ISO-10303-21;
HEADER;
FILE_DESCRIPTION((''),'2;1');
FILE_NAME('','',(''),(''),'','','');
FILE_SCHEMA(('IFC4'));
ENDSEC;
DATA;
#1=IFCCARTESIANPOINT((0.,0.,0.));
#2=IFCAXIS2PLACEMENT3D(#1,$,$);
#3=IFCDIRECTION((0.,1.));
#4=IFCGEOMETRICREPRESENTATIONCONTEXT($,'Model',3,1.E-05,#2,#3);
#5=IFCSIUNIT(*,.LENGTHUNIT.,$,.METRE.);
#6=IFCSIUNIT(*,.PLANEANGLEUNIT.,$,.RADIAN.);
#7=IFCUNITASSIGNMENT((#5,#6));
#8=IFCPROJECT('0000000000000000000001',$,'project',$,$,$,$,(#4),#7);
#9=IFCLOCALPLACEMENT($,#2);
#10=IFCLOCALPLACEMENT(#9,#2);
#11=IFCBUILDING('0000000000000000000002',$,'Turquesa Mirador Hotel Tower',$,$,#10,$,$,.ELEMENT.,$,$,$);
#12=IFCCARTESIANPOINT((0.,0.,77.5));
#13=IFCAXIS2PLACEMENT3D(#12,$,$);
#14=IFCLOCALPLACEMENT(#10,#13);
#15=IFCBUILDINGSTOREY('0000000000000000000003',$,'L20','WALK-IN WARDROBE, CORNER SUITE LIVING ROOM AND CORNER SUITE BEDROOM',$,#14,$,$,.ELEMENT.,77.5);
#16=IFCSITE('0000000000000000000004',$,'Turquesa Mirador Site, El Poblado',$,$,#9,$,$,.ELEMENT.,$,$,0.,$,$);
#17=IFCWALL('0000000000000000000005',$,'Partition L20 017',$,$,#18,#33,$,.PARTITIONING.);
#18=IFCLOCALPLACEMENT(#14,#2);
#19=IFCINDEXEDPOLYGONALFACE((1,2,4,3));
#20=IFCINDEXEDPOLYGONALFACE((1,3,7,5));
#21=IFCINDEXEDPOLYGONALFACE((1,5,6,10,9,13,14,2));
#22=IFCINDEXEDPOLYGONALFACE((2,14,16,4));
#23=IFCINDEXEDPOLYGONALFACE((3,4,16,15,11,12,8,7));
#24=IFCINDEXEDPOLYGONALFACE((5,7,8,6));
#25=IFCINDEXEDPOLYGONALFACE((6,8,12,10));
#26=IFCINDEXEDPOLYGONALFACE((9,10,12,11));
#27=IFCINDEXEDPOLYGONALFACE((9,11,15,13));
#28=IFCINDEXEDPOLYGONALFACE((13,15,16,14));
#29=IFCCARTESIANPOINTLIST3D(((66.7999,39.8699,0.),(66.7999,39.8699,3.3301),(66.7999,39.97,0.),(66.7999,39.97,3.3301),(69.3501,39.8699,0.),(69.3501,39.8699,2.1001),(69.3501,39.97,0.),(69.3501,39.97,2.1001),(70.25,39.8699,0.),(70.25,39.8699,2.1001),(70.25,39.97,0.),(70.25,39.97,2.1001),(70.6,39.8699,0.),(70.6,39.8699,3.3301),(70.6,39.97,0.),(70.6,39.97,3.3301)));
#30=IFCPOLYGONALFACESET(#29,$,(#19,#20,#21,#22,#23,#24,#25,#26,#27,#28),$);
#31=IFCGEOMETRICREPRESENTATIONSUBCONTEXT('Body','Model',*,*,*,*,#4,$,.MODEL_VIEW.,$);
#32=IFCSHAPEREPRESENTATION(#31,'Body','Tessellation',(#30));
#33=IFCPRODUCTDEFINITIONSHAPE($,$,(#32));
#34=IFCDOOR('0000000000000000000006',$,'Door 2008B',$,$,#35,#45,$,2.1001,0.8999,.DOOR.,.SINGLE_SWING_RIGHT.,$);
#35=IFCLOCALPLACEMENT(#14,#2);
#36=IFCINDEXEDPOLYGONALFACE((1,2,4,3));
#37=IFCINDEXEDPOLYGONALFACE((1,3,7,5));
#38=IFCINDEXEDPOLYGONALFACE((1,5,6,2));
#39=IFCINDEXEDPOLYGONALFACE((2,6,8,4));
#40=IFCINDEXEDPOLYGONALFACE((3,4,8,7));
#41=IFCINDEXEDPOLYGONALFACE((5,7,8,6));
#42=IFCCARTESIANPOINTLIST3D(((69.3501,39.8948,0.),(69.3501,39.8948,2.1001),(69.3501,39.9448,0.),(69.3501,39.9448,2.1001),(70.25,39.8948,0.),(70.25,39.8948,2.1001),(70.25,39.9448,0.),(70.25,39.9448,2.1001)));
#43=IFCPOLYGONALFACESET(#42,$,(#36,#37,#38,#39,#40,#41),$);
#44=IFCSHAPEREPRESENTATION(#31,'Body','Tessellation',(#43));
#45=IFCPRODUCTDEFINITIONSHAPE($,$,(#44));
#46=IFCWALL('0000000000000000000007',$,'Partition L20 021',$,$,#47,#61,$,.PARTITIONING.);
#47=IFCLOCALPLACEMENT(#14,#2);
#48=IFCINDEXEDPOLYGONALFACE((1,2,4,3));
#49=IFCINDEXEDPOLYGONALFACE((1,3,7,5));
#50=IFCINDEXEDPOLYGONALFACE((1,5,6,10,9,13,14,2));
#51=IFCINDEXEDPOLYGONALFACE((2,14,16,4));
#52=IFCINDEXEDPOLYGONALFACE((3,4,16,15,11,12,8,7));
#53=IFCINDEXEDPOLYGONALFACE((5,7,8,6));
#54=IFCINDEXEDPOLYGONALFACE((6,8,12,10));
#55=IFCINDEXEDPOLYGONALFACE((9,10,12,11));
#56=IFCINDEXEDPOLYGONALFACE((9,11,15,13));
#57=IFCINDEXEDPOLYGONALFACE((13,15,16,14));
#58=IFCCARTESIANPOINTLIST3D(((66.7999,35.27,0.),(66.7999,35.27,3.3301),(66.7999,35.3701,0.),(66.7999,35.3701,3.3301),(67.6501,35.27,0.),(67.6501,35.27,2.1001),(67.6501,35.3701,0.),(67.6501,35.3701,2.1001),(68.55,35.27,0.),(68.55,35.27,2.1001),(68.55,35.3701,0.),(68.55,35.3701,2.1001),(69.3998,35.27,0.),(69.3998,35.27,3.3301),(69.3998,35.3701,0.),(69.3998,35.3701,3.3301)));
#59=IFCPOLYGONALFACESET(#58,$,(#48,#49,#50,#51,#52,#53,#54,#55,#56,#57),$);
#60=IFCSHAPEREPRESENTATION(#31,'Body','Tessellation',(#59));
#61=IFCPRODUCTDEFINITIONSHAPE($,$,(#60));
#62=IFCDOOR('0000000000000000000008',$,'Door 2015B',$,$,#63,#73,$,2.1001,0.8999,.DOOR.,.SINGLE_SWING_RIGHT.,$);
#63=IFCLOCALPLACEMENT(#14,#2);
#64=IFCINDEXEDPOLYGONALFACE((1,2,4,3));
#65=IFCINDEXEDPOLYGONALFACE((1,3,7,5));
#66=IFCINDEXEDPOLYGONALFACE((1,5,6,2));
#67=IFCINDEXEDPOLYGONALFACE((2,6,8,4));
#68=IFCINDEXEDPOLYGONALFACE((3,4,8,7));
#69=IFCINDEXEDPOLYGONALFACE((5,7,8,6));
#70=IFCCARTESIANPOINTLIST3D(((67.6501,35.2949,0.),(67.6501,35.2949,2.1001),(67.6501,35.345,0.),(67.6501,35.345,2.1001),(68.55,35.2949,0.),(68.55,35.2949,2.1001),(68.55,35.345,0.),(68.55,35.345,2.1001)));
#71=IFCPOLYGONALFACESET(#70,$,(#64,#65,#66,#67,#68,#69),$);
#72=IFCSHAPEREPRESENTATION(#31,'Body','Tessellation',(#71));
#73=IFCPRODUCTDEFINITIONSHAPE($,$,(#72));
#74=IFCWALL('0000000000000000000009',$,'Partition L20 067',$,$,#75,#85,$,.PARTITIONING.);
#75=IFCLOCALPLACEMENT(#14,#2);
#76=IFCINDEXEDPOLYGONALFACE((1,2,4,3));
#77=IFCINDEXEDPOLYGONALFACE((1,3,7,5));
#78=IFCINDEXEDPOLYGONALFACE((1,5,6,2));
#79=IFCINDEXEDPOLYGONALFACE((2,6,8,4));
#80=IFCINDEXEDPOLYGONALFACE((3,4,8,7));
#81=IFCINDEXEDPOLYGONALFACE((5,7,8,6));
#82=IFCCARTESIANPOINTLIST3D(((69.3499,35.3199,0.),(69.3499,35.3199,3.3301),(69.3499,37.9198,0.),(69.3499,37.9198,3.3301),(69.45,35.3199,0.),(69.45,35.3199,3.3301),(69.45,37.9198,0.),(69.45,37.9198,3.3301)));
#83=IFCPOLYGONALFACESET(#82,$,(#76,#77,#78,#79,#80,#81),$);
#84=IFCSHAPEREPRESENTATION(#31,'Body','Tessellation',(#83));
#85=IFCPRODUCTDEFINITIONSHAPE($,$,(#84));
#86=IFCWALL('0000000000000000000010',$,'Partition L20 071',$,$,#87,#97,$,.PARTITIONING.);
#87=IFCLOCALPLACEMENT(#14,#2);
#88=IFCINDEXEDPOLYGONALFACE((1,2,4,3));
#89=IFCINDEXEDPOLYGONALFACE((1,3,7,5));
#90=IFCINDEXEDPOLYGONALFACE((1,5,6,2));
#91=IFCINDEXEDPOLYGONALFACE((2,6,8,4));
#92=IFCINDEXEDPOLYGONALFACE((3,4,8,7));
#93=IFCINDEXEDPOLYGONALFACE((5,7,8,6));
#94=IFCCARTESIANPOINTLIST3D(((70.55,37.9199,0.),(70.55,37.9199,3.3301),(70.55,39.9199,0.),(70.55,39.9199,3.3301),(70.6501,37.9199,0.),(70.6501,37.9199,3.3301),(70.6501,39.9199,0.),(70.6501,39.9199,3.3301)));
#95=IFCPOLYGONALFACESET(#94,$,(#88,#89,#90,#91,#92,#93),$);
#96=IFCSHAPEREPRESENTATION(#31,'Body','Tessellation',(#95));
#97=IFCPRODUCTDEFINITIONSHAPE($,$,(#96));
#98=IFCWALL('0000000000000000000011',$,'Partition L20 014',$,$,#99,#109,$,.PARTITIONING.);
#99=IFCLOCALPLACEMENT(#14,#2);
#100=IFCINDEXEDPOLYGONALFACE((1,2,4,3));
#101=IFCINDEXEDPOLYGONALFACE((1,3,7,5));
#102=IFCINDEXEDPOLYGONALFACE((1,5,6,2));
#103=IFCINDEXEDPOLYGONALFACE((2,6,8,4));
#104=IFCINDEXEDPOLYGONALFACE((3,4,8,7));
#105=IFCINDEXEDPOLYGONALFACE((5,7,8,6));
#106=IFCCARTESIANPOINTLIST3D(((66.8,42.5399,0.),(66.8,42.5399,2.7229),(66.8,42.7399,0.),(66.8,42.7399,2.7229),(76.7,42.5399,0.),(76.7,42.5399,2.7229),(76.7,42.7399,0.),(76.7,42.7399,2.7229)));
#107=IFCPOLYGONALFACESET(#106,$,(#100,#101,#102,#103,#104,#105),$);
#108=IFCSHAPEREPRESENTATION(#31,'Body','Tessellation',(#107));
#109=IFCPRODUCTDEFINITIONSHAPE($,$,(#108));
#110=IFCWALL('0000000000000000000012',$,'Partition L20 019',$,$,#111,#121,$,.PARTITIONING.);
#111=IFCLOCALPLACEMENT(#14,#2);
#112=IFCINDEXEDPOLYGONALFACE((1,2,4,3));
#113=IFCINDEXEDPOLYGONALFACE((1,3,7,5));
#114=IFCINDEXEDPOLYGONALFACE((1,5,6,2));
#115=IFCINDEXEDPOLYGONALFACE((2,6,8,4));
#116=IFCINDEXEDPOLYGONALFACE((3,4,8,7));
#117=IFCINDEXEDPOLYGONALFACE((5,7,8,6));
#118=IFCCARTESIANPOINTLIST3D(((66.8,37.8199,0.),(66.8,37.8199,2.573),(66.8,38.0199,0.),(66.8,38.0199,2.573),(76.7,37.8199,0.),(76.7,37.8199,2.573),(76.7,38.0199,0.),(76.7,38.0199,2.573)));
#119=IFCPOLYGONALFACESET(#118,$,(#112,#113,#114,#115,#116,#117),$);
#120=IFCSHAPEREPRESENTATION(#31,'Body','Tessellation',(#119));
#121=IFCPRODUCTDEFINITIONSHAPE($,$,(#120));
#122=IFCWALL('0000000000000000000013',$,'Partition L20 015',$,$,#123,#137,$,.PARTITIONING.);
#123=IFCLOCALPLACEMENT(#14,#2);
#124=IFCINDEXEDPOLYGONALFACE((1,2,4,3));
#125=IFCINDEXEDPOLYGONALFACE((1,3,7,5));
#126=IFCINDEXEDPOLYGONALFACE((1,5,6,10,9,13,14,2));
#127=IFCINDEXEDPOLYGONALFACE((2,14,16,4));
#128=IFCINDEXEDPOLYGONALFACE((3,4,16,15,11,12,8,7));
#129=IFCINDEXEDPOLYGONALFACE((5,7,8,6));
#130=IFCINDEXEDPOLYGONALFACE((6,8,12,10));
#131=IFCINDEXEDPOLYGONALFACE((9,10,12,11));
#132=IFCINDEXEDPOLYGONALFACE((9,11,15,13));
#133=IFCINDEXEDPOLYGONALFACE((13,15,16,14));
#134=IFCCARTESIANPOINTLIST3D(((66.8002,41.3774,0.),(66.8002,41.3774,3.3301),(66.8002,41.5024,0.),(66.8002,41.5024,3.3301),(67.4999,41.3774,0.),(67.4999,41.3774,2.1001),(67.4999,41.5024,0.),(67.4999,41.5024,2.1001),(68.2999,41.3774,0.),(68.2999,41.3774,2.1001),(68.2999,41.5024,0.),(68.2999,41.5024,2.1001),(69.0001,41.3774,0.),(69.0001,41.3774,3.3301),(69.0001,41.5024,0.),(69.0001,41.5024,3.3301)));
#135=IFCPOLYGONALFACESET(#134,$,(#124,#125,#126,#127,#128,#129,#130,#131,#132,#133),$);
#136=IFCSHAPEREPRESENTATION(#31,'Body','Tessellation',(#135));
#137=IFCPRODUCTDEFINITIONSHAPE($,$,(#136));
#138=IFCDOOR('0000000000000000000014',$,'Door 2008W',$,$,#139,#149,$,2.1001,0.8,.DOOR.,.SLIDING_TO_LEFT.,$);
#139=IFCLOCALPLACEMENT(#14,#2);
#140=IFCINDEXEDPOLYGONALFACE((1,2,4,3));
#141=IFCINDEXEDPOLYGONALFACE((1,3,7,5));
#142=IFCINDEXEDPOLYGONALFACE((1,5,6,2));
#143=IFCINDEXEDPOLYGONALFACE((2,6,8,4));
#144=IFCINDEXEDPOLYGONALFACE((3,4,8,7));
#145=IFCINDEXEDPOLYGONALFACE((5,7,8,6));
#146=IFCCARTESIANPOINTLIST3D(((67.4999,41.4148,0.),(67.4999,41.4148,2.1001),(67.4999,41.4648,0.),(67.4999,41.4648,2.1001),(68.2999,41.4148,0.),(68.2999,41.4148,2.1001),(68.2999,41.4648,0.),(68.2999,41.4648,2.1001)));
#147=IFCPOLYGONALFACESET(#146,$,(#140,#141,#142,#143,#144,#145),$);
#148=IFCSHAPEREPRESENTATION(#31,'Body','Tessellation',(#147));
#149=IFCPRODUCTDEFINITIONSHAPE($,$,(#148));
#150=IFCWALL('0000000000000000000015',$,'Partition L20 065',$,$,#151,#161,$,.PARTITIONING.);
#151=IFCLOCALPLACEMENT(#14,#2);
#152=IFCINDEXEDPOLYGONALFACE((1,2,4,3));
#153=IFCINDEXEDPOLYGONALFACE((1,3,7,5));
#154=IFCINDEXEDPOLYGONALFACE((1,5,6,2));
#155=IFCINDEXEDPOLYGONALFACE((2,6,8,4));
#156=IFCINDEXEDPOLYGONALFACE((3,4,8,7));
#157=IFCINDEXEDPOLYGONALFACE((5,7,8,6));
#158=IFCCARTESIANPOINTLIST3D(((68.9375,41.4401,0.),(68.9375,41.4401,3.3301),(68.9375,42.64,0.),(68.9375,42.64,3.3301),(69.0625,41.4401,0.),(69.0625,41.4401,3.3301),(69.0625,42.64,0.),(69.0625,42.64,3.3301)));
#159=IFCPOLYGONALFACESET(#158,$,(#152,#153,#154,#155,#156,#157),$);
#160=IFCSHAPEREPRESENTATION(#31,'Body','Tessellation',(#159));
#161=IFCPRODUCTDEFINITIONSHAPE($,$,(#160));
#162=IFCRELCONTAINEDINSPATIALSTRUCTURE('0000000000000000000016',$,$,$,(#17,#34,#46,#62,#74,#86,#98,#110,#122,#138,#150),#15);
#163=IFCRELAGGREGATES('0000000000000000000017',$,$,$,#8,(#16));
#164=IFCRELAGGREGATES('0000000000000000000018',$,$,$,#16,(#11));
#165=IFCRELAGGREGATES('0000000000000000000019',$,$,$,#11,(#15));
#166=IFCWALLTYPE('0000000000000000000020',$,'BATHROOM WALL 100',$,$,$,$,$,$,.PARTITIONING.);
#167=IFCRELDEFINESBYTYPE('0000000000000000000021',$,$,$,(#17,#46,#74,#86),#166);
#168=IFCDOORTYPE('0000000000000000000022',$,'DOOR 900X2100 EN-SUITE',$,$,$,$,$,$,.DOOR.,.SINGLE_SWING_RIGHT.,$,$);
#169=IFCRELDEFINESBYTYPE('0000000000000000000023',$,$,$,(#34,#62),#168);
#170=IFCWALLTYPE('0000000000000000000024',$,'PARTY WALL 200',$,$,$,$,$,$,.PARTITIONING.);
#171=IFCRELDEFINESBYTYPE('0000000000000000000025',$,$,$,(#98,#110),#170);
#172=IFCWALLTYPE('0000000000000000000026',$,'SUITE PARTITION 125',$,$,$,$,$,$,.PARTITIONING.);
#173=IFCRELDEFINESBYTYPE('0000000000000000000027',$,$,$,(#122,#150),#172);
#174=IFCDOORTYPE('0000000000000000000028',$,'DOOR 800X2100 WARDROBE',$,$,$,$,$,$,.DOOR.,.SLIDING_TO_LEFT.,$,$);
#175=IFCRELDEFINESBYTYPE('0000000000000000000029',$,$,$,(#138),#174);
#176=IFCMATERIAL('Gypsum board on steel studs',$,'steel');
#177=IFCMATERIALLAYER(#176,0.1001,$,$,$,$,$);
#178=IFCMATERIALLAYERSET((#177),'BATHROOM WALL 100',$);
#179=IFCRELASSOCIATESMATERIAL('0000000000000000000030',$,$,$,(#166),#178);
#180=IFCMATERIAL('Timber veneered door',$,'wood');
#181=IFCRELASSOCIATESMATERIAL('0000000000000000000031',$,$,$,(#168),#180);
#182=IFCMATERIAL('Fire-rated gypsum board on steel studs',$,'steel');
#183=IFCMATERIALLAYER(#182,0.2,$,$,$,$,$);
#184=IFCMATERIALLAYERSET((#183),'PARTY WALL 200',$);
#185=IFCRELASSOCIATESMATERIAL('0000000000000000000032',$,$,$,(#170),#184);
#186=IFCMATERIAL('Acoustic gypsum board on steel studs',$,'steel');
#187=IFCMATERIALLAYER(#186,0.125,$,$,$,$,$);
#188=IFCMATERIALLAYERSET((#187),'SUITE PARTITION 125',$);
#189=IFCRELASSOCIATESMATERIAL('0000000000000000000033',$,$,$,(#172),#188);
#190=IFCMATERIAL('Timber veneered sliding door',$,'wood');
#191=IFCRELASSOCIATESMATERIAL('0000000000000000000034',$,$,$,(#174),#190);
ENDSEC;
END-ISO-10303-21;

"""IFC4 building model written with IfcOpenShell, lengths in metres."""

from ifc_helpers import new_model, si_unit, direction, frame, frame_2d, origin, place, context, subcontext, project, spatial, rectangle, extrude, material, layer, layer_set, type_object, element, fill, save


model = new_model("IFC4")

# Units and contexts
model_context = context("Model", 3, precision=1e-05, world=origin(), true_north=direction((0.0, 1.0)))
body_context = subcontext(model_context, "Body", "Model", "MODEL_VIEW")
ifc_project = project(units=[si_unit("LENGTHUNIT", "METRE"), si_unit("PLANEANGLEUNIT", "RADIAN")], contexts=[model_context])

# Site, building, storey
site_placement = place(None, origin())
site = spatial("IfcSite", under=ifc_project, at=site_placement, Name="Turquesa Mirador Site, El Poblado", CompositionType="ELEMENT", RefElevation=0.0)
building_placement = place(site_placement, origin())
building = spatial("IfcBuilding", under=site, at=building_placement, Name="Turquesa Mirador Hotel Tower", CompositionType="ELEMENT")
storey_placement = place(building_placement, frame((0.0, 0.0, 77.5)))
storey = spatial("IfcBuildingStorey", under=building, at=storey_placement, Name="L20", Description="WALK-IN WARDROBE, CORNER SUITE LIVING ROOM AND CORNER SUITE BEDROOM", CompositionType="ELEMENT", Elevation=77.5)

# Walls, openings, doors
ifc_material_1 = material(Name="Gypsum board on steel studs", Category="steel")
ifc_layer_1 = layer(ifc_material_1, 0.1001)
ifc_layer_set_1 = layer_set([ifc_layer_1], Name="BATHROOM WALL 100")
wall_type_1 = type_object("IfcWallType", Name="BATHROOM WALL 100", PredefinedType="PARTITIONING", material=ifc_layer_set_1)
wall_1_placement = place(storey_placement, frame((66.8, 39.9199, 0.0), z_axis=(0.0, 0.0, 1.0), x_axis=(1.0, 0.0, 0.0)))
wall_1 = element("IfcWall", 1, at=wall_1_placement, inside=storey, type_object=wall_type_1, Name="Partition L20 017", PredefinedType="PARTITIONING", context=body_context, shape_type="SweptSolid", body=[
    extrude(rectangle(XDim=3.8, YDim=0.1001, at=frame_2d((1.8999, 0.0))), origin(), (0.0, 0.0, 1.0), 3.3301),
])
opening_1_placement = place(wall_1_placement, frame((2.55, 0.0, 0.0)))
opening_1 = element("IfcOpeningElement", 2, at=opening_1_placement, cuts=wall_1, PredefinedType="OPENING", context=body_context, shape_type="SweptSolid", body=[
    extrude(rectangle(XDim=0.8999, YDim=2.1001, at=frame_2d((0.45, 1.05))), frame((0.0, 0.0601, 0.0), z_axis=(0.0, -1.0, 0.0), x_axis=(1.0, 0.0, 0.0)), (0.0, 0.0, 1.0), 0.1201),
])
ifc_material_2 = material(Name="Timber veneered door", Category="wood")
door_type_1 = type_object("IfcDoorType", Name="DOOR 900X2100 EN-SUITE", OperationType="SINGLE_SWING_RIGHT", PredefinedType="DOOR", material=ifc_material_2)
door_1_placement = place(opening_1_placement, origin())
door_1 = element("IfcDoor", 3, at=door_1_placement, inside=storey, type_object=door_type_1, Name="Door 2008B", OperationType="SINGLE_SWING_RIGHT", OverallHeight=2.1001, OverallWidth=0.8999, PredefinedType="DOOR", context=body_context, shape_type="SweptSolid", body=[
    extrude(rectangle(XDim=0.8999, YDim=2.1001, at=frame_2d((0.45, 1.05))), frame((0.0, 0.0249, 0.0), z_axis=(0.0, -1.0, 0.0), x_axis=(1.0, 0.0, 0.0)), (0.0, 0.0, 1.0), 0.05),
])
fill(opening_1, door_1)
wall_2_placement = place(storey_placement, frame((66.8, 35.3201, 0.0), z_axis=(0.0, 0.0, 1.0), x_axis=(1.0, 0.0, 0.0)))
wall_2 = element("IfcWall", 4, at=wall_2_placement, inside=storey, type_object=wall_type_1, Name="Partition L20 021", PredefinedType="PARTITIONING", context=body_context, shape_type="SweptSolid", body=[
    extrude(rectangle(XDim=2.5999, YDim=0.1001, at=frame_2d((1.2998, 0.0))), origin(), (0.0, 0.0, 1.0), 3.3301),
])
opening_2_placement = place(wall_2_placement, frame((0.8501, 0.0, 0.0)))
opening_2 = element("IfcOpeningElement", 5, at=opening_2_placement, cuts=wall_2, PredefinedType="OPENING", context=body_context, shape_type="SweptSolid", body=[
    extrude(rectangle(XDim=0.8999, YDim=2.1001, at=frame_2d((0.45, 1.05))), frame((0.0, 0.0601, 0.0), z_axis=(0.0, -1.0, 0.0), x_axis=(1.0, 0.0, 0.0)), (0.0, 0.0, 1.0), 0.1201),
])
door_2_placement = place(opening_2_placement, origin())
door_2 = element("IfcDoor", 6, at=door_2_placement, inside=storey, type_object=door_type_1, Name="Door 2015B", OperationType="SINGLE_SWING_RIGHT", OverallHeight=2.1001, OverallWidth=0.8999, PredefinedType="DOOR", context=body_context, shape_type="SweptSolid", body=[
    extrude(rectangle(XDim=0.8999, YDim=2.1001, at=frame_2d((0.45, 1.05))), frame((0.0, 0.0249, 0.0), z_axis=(0.0, -1.0, 0.0), x_axis=(1.0, 0.0, 0.0)), (0.0, 0.0, 1.0), 0.05),
])
fill(opening_2, door_2)

# Walls
wall_3_placement = place(storey_placement, frame((69.3999, 35.3201, 0.0), z_axis=(0.0, 0.0, 1.0), x_axis=(0.0, 1.0, 0.0)))
element("IfcWall", 7, at=wall_3_placement, inside=storey, type_object=wall_type_1, Name="Partition L20 067", PredefinedType="PARTITIONING", context=body_context, shape_type="SweptSolid", body=[
    extrude(rectangle(XDim=2.5999, YDim=0.1001, at=frame_2d((1.2998, 0.0))), origin(), (0.0, 0.0, 1.0), 3.3301),
])
wall_4_placement = place(storey_placement, frame((70.6001, 37.9199, 0.0), z_axis=(0.0, 0.0, 1.0), x_axis=(0.0, 1.0, 0.0)))
element("IfcWall", 8, at=wall_4_placement, inside=storey, type_object=wall_type_1, Name="Partition L20 071", PredefinedType="PARTITIONING", context=body_context, shape_type="SweptSolid", body=[
    extrude(rectangle(XDim=2.0, YDim=0.1001, at=frame_2d((1.0, 0.0))), origin(), (0.0, 0.0, 1.0), 3.3301),
])
ifc_material_3 = material(Name="Fire-rated gypsum board on steel studs", Category="steel")
ifc_layer_2 = layer(ifc_material_3, 0.2)
ifc_layer_set_2 = layer_set([ifc_layer_2], Name="PARTY WALL 200")
wall_type_2 = type_object("IfcWallType", Name="PARTY WALL 200", PredefinedType="PARTITIONING", material=ifc_layer_set_2)
wall_5_placement = place(storey_placement, frame((66.8, 42.6399, 0.0), z_axis=(0.0, 0.0, 1.0), x_axis=(1.0, 0.0, 0.0)))
element("IfcWall", 9, at=wall_5_placement, inside=storey, type_object=wall_type_2, Name="Partition L20 014", PredefinedType="PARTITIONING", context=body_context, shape_type="SweptSolid", body=[
    extrude(rectangle(XDim=9.8999, YDim=0.2, at=frame_2d((4.95, 0.0))), origin(), (0.0, 0.0, 1.0), 2.7229),
])
wall_6_placement = place(storey_placement, frame((66.8, 37.9199, 0.0), z_axis=(0.0, 0.0, 1.0), x_axis=(1.0, 0.0, 0.0)))
element("IfcWall", 10, at=wall_6_placement, inside=storey, type_object=wall_type_2, Name="Partition L20 019", PredefinedType="PARTITIONING", context=body_context, shape_type="SweptSolid", body=[
    extrude(rectangle(XDim=9.8999, YDim=0.2, at=frame_2d((4.95, 0.0))), origin(), (0.0, 0.0, 1.0), 2.573),
])

# Wall, opening, door
ifc_material_4 = material(Name="Acoustic gypsum board on steel studs", Category="steel")
ifc_layer_3 = layer(ifc_material_4, 0.125)
ifc_layer_set_3 = layer_set([ifc_layer_3], Name="SUITE PARTITION 125")
wall_type_3 = type_object("IfcWallType", Name="SUITE PARTITION 125", PredefinedType="PARTITIONING", material=ifc_layer_set_3)
wall_7_placement = place(storey_placement, frame((66.8, 41.4399, 0.0), z_axis=(0.0, 0.0, 1.0), x_axis=(1.0, 0.0, 0.0)))
wall_7 = element("IfcWall", 11, at=wall_7_placement, inside=storey, type_object=wall_type_3, Name="Partition L20 015", PredefinedType="PARTITIONING", context=body_context, shape_type="SweptSolid", body=[
    extrude(rectangle(XDim=2.2, YDim=0.125, at=frame_2d((1.1001, 0.0))), origin(), (0.0, 0.0, 1.0), 3.3301),
])
opening_3_placement = place(wall_7_placement, frame((0.7, 0.0, 0.0)))
opening_3 = element("IfcOpeningElement", 12, at=opening_3_placement, cuts=wall_7, PredefinedType="OPENING", context=body_context, shape_type="SweptSolid", body=[
    extrude(rectangle(XDim=0.8, YDim=2.1001, at=frame_2d((0.3999, 1.05))), frame((0.0, 0.0725, 0.0), z_axis=(0.0, -1.0, 0.0), x_axis=(1.0, 0.0, 0.0)), (0.0, 0.0, 1.0), 0.145),
])
ifc_material_5 = material(Name="Timber veneered sliding door", Category="wood")
door_type_2 = type_object("IfcDoorType", Name="DOOR 800X2100 WARDROBE", OperationType="SLIDING_TO_LEFT", PredefinedType="DOOR", material=ifc_material_5)
door_3_placement = place(opening_3_placement, origin())
door_3 = element("IfcDoor", 13, at=door_3_placement, inside=storey, type_object=door_type_2, Name="Door 2008W", OperationType="SLIDING_TO_LEFT", OverallHeight=2.1001, OverallWidth=0.8, PredefinedType="DOOR", context=body_context, shape_type="SweptSolid", body=[
    extrude(rectangle(XDim=0.8, YDim=2.1001, at=frame_2d((0.3999, 1.05))), frame((0.0, 0.0249, 0.0), z_axis=(0.0, -1.0, 0.0), x_axis=(1.0, 0.0, 0.0)), (0.0, 0.0, 1.0), 0.05),
])
fill(opening_3, door_3)

# Wall
wall_8_placement = place(storey_placement, frame((69.0, 41.4399, 0.0), z_axis=(0.0, 0.0, 1.0), x_axis=(0.0, 1.0, 0.0)))
element("IfcWall", 14, at=wall_8_placement, inside=storey, type_object=wall_type_3, Name="Partition L20 065", PredefinedType="PARTITIONING", context=body_context, shape_type="SweptSolid", body=[
    extrude(rectangle(XDim=1.2, YDim=0.125, at=frame_2d((0.6001, 0.0))), origin(), (0.0, 0.0, 1.0), 3.3301),
])

save(model, "model.ifc")
